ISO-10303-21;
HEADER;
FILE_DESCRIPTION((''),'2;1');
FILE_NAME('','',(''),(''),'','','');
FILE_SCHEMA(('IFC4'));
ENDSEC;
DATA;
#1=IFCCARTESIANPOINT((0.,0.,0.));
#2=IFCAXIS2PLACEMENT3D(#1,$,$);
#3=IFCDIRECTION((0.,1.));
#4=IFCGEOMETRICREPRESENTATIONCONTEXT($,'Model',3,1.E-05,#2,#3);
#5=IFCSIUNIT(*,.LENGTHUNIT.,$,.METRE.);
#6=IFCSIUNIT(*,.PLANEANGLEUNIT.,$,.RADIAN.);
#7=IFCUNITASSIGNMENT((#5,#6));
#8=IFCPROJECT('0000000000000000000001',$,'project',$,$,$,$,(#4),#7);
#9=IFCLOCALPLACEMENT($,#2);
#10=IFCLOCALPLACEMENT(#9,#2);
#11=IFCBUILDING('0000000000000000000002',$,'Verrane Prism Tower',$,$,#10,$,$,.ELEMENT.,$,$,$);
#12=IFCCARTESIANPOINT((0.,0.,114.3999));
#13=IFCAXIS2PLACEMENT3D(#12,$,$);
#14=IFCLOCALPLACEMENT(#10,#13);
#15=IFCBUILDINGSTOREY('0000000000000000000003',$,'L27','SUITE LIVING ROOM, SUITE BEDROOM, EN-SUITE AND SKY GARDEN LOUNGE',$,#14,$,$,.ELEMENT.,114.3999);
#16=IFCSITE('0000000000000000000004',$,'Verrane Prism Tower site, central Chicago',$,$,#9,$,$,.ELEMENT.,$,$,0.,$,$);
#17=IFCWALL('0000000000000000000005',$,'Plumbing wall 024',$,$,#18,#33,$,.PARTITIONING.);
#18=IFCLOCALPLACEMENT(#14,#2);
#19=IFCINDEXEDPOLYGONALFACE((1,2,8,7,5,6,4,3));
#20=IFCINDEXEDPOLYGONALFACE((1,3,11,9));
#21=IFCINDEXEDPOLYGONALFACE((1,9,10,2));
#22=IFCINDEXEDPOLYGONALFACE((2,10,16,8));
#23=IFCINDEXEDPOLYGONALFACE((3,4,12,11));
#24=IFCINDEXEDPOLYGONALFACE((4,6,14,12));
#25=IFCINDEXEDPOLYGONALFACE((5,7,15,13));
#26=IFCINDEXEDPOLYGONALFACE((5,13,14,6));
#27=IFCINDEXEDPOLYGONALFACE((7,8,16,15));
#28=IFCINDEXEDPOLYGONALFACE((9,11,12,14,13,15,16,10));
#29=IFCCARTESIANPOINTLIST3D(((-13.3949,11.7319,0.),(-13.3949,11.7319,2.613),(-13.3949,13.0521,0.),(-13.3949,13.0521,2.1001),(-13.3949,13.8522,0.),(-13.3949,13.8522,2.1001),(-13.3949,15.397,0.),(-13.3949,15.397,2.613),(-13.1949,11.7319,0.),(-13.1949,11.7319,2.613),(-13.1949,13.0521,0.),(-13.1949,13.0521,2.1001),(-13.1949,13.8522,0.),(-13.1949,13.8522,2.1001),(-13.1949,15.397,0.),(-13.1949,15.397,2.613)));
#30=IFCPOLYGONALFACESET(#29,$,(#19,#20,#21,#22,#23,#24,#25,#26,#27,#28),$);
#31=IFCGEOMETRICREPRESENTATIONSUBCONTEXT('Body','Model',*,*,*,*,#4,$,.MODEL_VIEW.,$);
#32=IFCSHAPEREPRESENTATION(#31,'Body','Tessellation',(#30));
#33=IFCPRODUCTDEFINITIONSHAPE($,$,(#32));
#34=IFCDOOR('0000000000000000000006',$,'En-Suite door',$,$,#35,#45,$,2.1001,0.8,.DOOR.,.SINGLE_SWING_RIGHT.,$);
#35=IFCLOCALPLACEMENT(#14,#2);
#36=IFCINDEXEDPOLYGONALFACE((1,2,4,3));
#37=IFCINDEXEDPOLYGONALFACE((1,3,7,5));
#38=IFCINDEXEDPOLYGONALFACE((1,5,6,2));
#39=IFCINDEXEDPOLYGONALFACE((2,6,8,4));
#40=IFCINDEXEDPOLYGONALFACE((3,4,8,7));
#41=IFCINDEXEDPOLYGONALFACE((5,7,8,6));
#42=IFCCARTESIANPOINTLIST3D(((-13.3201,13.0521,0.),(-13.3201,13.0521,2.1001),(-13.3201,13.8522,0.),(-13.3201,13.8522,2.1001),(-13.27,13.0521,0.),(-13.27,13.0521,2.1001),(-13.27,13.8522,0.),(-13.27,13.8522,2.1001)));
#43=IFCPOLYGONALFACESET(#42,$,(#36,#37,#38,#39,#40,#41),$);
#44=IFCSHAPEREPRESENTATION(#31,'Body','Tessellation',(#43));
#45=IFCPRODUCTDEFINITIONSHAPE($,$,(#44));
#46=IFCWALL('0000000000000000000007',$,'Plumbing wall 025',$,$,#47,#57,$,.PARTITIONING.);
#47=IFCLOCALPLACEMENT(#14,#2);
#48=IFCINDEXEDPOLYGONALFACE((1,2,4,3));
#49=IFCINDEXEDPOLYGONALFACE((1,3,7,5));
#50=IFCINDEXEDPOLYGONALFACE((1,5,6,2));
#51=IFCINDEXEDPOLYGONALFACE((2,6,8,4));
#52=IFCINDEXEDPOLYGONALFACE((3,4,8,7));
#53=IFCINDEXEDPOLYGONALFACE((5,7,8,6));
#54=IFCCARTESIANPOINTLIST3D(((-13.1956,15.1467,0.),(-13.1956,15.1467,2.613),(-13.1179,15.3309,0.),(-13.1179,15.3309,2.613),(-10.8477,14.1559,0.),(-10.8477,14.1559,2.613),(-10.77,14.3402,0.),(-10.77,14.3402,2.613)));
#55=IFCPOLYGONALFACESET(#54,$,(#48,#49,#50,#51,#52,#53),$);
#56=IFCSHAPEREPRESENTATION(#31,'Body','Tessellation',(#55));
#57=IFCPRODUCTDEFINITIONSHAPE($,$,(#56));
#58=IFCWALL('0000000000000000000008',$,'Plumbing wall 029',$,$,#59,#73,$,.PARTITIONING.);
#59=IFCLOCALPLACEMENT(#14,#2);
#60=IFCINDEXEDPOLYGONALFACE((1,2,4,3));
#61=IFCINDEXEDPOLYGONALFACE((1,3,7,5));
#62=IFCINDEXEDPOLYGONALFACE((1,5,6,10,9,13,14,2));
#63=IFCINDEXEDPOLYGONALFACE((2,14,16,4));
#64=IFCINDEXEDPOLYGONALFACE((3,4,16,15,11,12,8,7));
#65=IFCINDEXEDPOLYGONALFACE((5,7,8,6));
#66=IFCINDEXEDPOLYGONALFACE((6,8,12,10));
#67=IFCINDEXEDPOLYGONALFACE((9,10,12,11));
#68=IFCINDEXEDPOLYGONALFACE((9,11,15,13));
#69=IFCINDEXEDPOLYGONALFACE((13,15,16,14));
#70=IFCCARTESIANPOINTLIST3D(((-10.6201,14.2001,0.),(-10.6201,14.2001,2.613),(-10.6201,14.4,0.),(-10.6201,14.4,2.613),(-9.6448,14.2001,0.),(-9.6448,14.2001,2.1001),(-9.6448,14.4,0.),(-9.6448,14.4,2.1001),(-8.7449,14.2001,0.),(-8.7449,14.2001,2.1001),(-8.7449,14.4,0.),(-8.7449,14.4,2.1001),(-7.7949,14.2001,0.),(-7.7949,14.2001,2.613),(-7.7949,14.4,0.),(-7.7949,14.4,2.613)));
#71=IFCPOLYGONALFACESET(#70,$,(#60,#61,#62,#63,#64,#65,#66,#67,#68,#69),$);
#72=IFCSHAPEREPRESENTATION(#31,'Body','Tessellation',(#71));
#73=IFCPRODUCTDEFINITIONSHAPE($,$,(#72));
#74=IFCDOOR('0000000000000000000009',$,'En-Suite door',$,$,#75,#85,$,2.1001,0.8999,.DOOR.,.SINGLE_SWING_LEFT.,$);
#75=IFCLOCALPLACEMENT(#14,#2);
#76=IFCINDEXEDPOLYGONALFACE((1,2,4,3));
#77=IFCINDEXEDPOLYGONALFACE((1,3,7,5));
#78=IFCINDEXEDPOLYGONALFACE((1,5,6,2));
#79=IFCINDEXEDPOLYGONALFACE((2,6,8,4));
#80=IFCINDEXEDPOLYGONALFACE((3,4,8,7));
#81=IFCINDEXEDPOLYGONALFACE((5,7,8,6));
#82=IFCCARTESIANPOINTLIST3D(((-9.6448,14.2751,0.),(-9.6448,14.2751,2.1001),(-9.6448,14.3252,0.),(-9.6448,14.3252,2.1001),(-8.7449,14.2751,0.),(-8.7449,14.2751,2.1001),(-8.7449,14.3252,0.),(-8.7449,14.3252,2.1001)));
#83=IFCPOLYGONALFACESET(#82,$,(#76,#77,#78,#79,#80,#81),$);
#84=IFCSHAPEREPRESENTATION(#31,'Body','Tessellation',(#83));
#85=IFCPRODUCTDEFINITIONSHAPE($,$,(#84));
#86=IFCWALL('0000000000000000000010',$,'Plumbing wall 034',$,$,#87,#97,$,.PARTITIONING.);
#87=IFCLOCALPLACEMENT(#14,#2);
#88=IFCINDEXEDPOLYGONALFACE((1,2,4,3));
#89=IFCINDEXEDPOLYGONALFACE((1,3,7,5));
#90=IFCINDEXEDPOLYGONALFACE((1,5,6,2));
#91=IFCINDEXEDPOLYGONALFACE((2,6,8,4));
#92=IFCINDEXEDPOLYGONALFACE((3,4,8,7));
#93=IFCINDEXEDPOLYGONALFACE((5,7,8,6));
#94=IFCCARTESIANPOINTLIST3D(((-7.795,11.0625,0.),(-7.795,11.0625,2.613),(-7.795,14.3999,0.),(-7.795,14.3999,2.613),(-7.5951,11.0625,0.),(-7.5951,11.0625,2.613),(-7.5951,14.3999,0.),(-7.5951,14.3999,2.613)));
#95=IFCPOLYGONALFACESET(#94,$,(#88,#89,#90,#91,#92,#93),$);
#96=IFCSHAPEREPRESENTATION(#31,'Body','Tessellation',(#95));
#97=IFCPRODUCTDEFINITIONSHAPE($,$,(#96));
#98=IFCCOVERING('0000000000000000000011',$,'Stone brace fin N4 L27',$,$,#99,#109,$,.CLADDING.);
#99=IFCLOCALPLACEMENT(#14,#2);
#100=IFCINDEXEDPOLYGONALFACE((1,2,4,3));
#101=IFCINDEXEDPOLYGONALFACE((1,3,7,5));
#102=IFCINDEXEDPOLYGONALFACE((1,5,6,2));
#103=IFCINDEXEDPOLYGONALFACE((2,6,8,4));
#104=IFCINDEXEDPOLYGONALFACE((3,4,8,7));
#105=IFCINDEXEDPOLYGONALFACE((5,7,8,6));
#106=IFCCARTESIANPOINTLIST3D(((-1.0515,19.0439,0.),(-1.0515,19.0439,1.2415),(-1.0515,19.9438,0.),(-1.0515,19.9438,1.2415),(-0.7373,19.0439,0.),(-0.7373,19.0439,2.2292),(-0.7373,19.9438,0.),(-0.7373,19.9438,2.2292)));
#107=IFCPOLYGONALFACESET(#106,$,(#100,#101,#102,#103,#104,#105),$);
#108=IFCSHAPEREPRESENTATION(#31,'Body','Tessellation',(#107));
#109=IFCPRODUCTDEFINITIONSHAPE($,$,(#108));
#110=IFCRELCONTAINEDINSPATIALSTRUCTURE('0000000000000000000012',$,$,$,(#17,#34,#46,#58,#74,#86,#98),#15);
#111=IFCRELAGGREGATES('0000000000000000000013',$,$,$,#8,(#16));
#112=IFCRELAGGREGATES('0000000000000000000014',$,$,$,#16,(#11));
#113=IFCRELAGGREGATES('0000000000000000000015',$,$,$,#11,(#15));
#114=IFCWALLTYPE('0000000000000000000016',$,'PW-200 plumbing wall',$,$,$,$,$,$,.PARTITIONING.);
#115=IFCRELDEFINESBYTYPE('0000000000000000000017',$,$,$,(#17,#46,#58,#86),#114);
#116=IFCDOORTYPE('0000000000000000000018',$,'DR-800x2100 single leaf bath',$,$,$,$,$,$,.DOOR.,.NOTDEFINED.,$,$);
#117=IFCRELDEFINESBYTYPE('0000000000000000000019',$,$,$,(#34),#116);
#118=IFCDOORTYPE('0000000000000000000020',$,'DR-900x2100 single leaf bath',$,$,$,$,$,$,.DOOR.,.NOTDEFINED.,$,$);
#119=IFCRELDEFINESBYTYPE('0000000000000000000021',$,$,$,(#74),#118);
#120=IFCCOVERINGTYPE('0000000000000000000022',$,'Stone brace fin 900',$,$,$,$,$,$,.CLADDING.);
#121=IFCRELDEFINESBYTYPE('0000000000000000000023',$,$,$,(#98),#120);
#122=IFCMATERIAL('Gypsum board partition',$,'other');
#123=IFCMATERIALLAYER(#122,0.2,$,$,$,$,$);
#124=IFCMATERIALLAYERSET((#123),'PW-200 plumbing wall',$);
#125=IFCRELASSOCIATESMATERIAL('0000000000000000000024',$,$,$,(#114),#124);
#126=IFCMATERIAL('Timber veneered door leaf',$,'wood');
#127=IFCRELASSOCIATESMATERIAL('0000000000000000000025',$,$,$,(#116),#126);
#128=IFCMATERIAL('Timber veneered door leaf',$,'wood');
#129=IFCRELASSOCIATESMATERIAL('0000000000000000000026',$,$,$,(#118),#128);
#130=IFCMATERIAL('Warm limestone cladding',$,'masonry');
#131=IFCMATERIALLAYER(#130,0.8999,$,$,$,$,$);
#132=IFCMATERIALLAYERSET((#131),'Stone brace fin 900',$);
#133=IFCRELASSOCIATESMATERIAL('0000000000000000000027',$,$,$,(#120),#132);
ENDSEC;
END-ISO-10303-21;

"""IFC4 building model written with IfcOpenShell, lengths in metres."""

from ifc_helpers import new_model, si_unit, direction, frame, frame_2d, origin, place, context, subcontext, project, spatial, polyline, rectangle, outline, extrude, material, layer, layer_set, type_object, element, fill, save


model = new_model("IFC4")

# Units and contexts
model_context = context("Model", 3, precision=1e-05, world=origin(), true_north=direction((0.0, 1.0)))
body_context = subcontext(model_context, "Body", "Model", "MODEL_VIEW")
ifc_project = project(units=[si_unit("LENGTHUNIT", "METRE"), si_unit("PLANEANGLEUNIT", "RADIAN")], contexts=[model_context])

# Site, building, storey
site_placement = place(None, origin())
site = spatial("IfcSite", under=ifc_project, at=site_placement, Name="Verrane Prism Tower site, central Chicago", CompositionType="ELEMENT", RefElevation=0.0)
building_placement = place(site_placement, origin())
building = spatial("IfcBuilding", under=site, at=building_placement, Name="Verrane Prism Tower", CompositionType="ELEMENT")
storey_placement = place(building_placement, frame((0.0, 0.0, 114.3999)))
storey = spatial("IfcBuildingStorey", under=building, at=storey_placement, Name="L27", Description="SUITE LIVING ROOM, SUITE BEDROOM, EN-SUITE AND SKY GARDEN LOUNGE", CompositionType="ELEMENT", Elevation=114.3999)

# Wall, opening, door
ifc_material_1 = material(Name="Gypsum board partition", Category="other")
ifc_layer_1 = layer(ifc_material_1, 0.2)
ifc_layer_set_1 = layer_set([ifc_layer_1], Name="PW-200 plumbing wall")
wall_type_1 = type_object("IfcWallType", Name="PW-200 plumbing wall", PredefinedType="PARTITIONING", material=ifc_layer_set_1)
wall_1_placement = place(storey_placement, frame((-13.2949, 15.397, 0.0), z_axis=(0.0, 0.0, 1.0), x_axis=(0.0, -1.0, 0.0)))
wall_1 = element("IfcWall", 1, at=wall_1_placement, inside=storey, type_object=wall_type_1, Name="Plumbing wall 024", PredefinedType="PARTITIONING", context=body_context, shape_type="SweptSolid", body=[
    extrude(rectangle(XDim=3.665, YDim=0.2, at=frame_2d((1.8325, 0.0))), origin(), (0.0, 0.0, 1.0), 2.613),
])
opening_1_placement = place(wall_1_placement, frame((1.5449, 0.0, 0.0)))
opening_1 = element("IfcOpeningElement", 2, at=opening_1_placement, cuts=wall_1, PredefinedType="OPENING", context=body_context, shape_type="SweptSolid", body=[
    extrude(rectangle(XDim=0.8, YDim=2.1001, at=frame_2d((0.3999, 1.05))), frame((0.0, 0.1099, 0.0), z_axis=(0.0, -1.0, 0.0), x_axis=(1.0, 0.0, 0.0)), (0.0, 0.0, 1.0), 0.22),
])
ifc_material_2 = material(Name="Timber veneered door leaf", Category="wood")
door_type_1 = type_object("IfcDoorType", Name="DR-800x2100 single leaf bath", OperationType="NOTDEFINED", PredefinedType="DOOR", material=ifc_material_2)
door_1_placement = place(opening_1_placement, origin())
door_1 = element("IfcDoor", 3, at=door_1_placement, inside=storey, type_object=door_type_1, Name="En-Suite door", OperationType="SINGLE_SWING_RIGHT", OverallHeight=2.1001, OverallWidth=0.8, PredefinedType="DOOR", context=body_context, shape_type="SweptSolid", body=[
    extrude(rectangle(XDim=0.8, YDim=2.1001, at=frame_2d((0.3999, 1.05))), frame((0.0, 0.0249, 0.0), z_axis=(0.0, -1.0, 0.0), x_axis=(1.0, 0.0, 0.0)), (0.0, 0.0, 1.0), 0.05),
])
fill(opening_1, door_1)

# Wall
wall_2_placement = place(storey_placement, frame((-13.1567, 15.2388, 0.0), z_axis=(0.0, 0.0, 1.0), x_axis=(0.921336, -0.388768, 0.0)))
element("IfcWall", 4, at=wall_2_placement, inside=storey, type_object=wall_type_1, Name="Plumbing wall 025", PredefinedType="PARTITIONING", context=body_context, shape_type="SweptSolid", body=[
    extrude(rectangle(XDim=2.5483, YDim=0.2, at=frame_2d((1.2742, 0.0))), origin(), (0.0, 0.0, 1.0), 2.613),
])

# Wall, opening, door
wall_3_placement = place(storey_placement, frame((-7.7949, 14.3, 0.0), z_axis=(0.0, 0.0, 1.0), x_axis=(-1.0, 0.0, 0.0)))
wall_3 = element("IfcWall", 5, at=wall_3_placement, inside=storey, type_object=wall_type_1, Name="Plumbing wall 029", PredefinedType="PARTITIONING", context=body_context, shape_type="SweptSolid", body=[
    extrude(rectangle(XDim=2.8252, YDim=0.2, at=frame_2d((1.4126, 0.0))), origin(), (0.0, 0.0, 1.0), 2.613),
])
opening_2_placement = place(wall_3_placement, frame((0.95, 0.0, 0.0)))
opening_2 = element("IfcOpeningElement", 6, at=opening_2_placement, cuts=wall_3, PredefinedType="OPENING", context=body_context, shape_type="SweptSolid", body=[
    extrude(rectangle(XDim=0.8999, YDim=2.1001, at=frame_2d((0.45, 1.05))), frame((0.0, 0.1099, 0.0), z_axis=(0.0, -1.0, 0.0), x_axis=(1.0, 0.0, 0.0)), (0.0, 0.0, 1.0), 0.22),
])
ifc_material_3 = material(Name="Timber veneered door leaf", Category="wood")
door_type_2 = type_object("IfcDoorType", Name="DR-900x2100 single leaf bath", OperationType="NOTDEFINED", PredefinedType="DOOR", material=ifc_material_3)
door_2_placement = place(opening_2_placement, origin())
door_2 = element("IfcDoor", 7, at=door_2_placement, inside=storey, type_object=door_type_2, Name="En-Suite door", OperationType="SINGLE_SWING_LEFT", OverallHeight=2.1001, OverallWidth=0.8999, PredefinedType="DOOR", context=body_context, shape_type="SweptSolid", body=[
    extrude(rectangle(XDim=0.8999, YDim=2.1001, at=frame_2d((0.45, 1.05))), frame((0.0, 0.0249, 0.0), z_axis=(0.0, -1.0, 0.0), x_axis=(1.0, 0.0, 0.0)), (0.0, 0.0, 1.0), 0.05),
])
fill(opening_2, door_2)

# Wall
wall_4_placement = place(storey_placement, frame((-7.6951, 11.0625, 0.0), z_axis=(0.0, 0.0, 1.0), x_axis=(0.0, 1.0, 0.0)))
element("IfcWall", 8, at=wall_4_placement, inside=storey, type_object=wall_type_1, Name="Plumbing wall 034", PredefinedType="PARTITIONING", context=body_context, shape_type="SweptSolid", body=[
    extrude(rectangle(XDim=3.3374, YDim=0.2, at=frame_2d((1.6687, 0.0))), origin(), (0.0, 0.0, 1.0), 2.613),
])

# Covering
ifc_material_4 = material(Name="Warm limestone cladding", Category="masonry")
ifc_layer_2 = layer(ifc_material_4, 0.8999)
ifc_layer_set_2 = layer_set([ifc_layer_2], Name="Stone brace fin 900")
covering_type = type_object("IfcCoveringType", Name="Stone brace fin 900", PredefinedType="CLADDING", material=ifc_layer_set_2)
covering_placement = place(storey_placement, frame((-1.0515, 19.4939, 0.0), z_axis=(0.0, 0.0, 1.0), x_axis=(1.0, 0.0, 0.0)))
element("IfcCovering", 9, at=covering_placement, inside=storey, type_object=covering_type, Name="Stone brace fin N4 L27", PredefinedType="CLADDING", context=body_context, shape_type="SweptSolid", body=[
    extrude(outline(polyline([(0.0, 0.0), (0.3142, 0.0), (0.3142, 2.2292), (0.0, 1.2415), (0.0, 0.0)])), frame((0.0, 0.45, 0.0), z_axis=(0.0, -1.0, 0.0), x_axis=(1.0, 0.0, 0.0)), (0.0, 0.0, 1.0), 0.8999),
])

save(model, "model.ifc")
